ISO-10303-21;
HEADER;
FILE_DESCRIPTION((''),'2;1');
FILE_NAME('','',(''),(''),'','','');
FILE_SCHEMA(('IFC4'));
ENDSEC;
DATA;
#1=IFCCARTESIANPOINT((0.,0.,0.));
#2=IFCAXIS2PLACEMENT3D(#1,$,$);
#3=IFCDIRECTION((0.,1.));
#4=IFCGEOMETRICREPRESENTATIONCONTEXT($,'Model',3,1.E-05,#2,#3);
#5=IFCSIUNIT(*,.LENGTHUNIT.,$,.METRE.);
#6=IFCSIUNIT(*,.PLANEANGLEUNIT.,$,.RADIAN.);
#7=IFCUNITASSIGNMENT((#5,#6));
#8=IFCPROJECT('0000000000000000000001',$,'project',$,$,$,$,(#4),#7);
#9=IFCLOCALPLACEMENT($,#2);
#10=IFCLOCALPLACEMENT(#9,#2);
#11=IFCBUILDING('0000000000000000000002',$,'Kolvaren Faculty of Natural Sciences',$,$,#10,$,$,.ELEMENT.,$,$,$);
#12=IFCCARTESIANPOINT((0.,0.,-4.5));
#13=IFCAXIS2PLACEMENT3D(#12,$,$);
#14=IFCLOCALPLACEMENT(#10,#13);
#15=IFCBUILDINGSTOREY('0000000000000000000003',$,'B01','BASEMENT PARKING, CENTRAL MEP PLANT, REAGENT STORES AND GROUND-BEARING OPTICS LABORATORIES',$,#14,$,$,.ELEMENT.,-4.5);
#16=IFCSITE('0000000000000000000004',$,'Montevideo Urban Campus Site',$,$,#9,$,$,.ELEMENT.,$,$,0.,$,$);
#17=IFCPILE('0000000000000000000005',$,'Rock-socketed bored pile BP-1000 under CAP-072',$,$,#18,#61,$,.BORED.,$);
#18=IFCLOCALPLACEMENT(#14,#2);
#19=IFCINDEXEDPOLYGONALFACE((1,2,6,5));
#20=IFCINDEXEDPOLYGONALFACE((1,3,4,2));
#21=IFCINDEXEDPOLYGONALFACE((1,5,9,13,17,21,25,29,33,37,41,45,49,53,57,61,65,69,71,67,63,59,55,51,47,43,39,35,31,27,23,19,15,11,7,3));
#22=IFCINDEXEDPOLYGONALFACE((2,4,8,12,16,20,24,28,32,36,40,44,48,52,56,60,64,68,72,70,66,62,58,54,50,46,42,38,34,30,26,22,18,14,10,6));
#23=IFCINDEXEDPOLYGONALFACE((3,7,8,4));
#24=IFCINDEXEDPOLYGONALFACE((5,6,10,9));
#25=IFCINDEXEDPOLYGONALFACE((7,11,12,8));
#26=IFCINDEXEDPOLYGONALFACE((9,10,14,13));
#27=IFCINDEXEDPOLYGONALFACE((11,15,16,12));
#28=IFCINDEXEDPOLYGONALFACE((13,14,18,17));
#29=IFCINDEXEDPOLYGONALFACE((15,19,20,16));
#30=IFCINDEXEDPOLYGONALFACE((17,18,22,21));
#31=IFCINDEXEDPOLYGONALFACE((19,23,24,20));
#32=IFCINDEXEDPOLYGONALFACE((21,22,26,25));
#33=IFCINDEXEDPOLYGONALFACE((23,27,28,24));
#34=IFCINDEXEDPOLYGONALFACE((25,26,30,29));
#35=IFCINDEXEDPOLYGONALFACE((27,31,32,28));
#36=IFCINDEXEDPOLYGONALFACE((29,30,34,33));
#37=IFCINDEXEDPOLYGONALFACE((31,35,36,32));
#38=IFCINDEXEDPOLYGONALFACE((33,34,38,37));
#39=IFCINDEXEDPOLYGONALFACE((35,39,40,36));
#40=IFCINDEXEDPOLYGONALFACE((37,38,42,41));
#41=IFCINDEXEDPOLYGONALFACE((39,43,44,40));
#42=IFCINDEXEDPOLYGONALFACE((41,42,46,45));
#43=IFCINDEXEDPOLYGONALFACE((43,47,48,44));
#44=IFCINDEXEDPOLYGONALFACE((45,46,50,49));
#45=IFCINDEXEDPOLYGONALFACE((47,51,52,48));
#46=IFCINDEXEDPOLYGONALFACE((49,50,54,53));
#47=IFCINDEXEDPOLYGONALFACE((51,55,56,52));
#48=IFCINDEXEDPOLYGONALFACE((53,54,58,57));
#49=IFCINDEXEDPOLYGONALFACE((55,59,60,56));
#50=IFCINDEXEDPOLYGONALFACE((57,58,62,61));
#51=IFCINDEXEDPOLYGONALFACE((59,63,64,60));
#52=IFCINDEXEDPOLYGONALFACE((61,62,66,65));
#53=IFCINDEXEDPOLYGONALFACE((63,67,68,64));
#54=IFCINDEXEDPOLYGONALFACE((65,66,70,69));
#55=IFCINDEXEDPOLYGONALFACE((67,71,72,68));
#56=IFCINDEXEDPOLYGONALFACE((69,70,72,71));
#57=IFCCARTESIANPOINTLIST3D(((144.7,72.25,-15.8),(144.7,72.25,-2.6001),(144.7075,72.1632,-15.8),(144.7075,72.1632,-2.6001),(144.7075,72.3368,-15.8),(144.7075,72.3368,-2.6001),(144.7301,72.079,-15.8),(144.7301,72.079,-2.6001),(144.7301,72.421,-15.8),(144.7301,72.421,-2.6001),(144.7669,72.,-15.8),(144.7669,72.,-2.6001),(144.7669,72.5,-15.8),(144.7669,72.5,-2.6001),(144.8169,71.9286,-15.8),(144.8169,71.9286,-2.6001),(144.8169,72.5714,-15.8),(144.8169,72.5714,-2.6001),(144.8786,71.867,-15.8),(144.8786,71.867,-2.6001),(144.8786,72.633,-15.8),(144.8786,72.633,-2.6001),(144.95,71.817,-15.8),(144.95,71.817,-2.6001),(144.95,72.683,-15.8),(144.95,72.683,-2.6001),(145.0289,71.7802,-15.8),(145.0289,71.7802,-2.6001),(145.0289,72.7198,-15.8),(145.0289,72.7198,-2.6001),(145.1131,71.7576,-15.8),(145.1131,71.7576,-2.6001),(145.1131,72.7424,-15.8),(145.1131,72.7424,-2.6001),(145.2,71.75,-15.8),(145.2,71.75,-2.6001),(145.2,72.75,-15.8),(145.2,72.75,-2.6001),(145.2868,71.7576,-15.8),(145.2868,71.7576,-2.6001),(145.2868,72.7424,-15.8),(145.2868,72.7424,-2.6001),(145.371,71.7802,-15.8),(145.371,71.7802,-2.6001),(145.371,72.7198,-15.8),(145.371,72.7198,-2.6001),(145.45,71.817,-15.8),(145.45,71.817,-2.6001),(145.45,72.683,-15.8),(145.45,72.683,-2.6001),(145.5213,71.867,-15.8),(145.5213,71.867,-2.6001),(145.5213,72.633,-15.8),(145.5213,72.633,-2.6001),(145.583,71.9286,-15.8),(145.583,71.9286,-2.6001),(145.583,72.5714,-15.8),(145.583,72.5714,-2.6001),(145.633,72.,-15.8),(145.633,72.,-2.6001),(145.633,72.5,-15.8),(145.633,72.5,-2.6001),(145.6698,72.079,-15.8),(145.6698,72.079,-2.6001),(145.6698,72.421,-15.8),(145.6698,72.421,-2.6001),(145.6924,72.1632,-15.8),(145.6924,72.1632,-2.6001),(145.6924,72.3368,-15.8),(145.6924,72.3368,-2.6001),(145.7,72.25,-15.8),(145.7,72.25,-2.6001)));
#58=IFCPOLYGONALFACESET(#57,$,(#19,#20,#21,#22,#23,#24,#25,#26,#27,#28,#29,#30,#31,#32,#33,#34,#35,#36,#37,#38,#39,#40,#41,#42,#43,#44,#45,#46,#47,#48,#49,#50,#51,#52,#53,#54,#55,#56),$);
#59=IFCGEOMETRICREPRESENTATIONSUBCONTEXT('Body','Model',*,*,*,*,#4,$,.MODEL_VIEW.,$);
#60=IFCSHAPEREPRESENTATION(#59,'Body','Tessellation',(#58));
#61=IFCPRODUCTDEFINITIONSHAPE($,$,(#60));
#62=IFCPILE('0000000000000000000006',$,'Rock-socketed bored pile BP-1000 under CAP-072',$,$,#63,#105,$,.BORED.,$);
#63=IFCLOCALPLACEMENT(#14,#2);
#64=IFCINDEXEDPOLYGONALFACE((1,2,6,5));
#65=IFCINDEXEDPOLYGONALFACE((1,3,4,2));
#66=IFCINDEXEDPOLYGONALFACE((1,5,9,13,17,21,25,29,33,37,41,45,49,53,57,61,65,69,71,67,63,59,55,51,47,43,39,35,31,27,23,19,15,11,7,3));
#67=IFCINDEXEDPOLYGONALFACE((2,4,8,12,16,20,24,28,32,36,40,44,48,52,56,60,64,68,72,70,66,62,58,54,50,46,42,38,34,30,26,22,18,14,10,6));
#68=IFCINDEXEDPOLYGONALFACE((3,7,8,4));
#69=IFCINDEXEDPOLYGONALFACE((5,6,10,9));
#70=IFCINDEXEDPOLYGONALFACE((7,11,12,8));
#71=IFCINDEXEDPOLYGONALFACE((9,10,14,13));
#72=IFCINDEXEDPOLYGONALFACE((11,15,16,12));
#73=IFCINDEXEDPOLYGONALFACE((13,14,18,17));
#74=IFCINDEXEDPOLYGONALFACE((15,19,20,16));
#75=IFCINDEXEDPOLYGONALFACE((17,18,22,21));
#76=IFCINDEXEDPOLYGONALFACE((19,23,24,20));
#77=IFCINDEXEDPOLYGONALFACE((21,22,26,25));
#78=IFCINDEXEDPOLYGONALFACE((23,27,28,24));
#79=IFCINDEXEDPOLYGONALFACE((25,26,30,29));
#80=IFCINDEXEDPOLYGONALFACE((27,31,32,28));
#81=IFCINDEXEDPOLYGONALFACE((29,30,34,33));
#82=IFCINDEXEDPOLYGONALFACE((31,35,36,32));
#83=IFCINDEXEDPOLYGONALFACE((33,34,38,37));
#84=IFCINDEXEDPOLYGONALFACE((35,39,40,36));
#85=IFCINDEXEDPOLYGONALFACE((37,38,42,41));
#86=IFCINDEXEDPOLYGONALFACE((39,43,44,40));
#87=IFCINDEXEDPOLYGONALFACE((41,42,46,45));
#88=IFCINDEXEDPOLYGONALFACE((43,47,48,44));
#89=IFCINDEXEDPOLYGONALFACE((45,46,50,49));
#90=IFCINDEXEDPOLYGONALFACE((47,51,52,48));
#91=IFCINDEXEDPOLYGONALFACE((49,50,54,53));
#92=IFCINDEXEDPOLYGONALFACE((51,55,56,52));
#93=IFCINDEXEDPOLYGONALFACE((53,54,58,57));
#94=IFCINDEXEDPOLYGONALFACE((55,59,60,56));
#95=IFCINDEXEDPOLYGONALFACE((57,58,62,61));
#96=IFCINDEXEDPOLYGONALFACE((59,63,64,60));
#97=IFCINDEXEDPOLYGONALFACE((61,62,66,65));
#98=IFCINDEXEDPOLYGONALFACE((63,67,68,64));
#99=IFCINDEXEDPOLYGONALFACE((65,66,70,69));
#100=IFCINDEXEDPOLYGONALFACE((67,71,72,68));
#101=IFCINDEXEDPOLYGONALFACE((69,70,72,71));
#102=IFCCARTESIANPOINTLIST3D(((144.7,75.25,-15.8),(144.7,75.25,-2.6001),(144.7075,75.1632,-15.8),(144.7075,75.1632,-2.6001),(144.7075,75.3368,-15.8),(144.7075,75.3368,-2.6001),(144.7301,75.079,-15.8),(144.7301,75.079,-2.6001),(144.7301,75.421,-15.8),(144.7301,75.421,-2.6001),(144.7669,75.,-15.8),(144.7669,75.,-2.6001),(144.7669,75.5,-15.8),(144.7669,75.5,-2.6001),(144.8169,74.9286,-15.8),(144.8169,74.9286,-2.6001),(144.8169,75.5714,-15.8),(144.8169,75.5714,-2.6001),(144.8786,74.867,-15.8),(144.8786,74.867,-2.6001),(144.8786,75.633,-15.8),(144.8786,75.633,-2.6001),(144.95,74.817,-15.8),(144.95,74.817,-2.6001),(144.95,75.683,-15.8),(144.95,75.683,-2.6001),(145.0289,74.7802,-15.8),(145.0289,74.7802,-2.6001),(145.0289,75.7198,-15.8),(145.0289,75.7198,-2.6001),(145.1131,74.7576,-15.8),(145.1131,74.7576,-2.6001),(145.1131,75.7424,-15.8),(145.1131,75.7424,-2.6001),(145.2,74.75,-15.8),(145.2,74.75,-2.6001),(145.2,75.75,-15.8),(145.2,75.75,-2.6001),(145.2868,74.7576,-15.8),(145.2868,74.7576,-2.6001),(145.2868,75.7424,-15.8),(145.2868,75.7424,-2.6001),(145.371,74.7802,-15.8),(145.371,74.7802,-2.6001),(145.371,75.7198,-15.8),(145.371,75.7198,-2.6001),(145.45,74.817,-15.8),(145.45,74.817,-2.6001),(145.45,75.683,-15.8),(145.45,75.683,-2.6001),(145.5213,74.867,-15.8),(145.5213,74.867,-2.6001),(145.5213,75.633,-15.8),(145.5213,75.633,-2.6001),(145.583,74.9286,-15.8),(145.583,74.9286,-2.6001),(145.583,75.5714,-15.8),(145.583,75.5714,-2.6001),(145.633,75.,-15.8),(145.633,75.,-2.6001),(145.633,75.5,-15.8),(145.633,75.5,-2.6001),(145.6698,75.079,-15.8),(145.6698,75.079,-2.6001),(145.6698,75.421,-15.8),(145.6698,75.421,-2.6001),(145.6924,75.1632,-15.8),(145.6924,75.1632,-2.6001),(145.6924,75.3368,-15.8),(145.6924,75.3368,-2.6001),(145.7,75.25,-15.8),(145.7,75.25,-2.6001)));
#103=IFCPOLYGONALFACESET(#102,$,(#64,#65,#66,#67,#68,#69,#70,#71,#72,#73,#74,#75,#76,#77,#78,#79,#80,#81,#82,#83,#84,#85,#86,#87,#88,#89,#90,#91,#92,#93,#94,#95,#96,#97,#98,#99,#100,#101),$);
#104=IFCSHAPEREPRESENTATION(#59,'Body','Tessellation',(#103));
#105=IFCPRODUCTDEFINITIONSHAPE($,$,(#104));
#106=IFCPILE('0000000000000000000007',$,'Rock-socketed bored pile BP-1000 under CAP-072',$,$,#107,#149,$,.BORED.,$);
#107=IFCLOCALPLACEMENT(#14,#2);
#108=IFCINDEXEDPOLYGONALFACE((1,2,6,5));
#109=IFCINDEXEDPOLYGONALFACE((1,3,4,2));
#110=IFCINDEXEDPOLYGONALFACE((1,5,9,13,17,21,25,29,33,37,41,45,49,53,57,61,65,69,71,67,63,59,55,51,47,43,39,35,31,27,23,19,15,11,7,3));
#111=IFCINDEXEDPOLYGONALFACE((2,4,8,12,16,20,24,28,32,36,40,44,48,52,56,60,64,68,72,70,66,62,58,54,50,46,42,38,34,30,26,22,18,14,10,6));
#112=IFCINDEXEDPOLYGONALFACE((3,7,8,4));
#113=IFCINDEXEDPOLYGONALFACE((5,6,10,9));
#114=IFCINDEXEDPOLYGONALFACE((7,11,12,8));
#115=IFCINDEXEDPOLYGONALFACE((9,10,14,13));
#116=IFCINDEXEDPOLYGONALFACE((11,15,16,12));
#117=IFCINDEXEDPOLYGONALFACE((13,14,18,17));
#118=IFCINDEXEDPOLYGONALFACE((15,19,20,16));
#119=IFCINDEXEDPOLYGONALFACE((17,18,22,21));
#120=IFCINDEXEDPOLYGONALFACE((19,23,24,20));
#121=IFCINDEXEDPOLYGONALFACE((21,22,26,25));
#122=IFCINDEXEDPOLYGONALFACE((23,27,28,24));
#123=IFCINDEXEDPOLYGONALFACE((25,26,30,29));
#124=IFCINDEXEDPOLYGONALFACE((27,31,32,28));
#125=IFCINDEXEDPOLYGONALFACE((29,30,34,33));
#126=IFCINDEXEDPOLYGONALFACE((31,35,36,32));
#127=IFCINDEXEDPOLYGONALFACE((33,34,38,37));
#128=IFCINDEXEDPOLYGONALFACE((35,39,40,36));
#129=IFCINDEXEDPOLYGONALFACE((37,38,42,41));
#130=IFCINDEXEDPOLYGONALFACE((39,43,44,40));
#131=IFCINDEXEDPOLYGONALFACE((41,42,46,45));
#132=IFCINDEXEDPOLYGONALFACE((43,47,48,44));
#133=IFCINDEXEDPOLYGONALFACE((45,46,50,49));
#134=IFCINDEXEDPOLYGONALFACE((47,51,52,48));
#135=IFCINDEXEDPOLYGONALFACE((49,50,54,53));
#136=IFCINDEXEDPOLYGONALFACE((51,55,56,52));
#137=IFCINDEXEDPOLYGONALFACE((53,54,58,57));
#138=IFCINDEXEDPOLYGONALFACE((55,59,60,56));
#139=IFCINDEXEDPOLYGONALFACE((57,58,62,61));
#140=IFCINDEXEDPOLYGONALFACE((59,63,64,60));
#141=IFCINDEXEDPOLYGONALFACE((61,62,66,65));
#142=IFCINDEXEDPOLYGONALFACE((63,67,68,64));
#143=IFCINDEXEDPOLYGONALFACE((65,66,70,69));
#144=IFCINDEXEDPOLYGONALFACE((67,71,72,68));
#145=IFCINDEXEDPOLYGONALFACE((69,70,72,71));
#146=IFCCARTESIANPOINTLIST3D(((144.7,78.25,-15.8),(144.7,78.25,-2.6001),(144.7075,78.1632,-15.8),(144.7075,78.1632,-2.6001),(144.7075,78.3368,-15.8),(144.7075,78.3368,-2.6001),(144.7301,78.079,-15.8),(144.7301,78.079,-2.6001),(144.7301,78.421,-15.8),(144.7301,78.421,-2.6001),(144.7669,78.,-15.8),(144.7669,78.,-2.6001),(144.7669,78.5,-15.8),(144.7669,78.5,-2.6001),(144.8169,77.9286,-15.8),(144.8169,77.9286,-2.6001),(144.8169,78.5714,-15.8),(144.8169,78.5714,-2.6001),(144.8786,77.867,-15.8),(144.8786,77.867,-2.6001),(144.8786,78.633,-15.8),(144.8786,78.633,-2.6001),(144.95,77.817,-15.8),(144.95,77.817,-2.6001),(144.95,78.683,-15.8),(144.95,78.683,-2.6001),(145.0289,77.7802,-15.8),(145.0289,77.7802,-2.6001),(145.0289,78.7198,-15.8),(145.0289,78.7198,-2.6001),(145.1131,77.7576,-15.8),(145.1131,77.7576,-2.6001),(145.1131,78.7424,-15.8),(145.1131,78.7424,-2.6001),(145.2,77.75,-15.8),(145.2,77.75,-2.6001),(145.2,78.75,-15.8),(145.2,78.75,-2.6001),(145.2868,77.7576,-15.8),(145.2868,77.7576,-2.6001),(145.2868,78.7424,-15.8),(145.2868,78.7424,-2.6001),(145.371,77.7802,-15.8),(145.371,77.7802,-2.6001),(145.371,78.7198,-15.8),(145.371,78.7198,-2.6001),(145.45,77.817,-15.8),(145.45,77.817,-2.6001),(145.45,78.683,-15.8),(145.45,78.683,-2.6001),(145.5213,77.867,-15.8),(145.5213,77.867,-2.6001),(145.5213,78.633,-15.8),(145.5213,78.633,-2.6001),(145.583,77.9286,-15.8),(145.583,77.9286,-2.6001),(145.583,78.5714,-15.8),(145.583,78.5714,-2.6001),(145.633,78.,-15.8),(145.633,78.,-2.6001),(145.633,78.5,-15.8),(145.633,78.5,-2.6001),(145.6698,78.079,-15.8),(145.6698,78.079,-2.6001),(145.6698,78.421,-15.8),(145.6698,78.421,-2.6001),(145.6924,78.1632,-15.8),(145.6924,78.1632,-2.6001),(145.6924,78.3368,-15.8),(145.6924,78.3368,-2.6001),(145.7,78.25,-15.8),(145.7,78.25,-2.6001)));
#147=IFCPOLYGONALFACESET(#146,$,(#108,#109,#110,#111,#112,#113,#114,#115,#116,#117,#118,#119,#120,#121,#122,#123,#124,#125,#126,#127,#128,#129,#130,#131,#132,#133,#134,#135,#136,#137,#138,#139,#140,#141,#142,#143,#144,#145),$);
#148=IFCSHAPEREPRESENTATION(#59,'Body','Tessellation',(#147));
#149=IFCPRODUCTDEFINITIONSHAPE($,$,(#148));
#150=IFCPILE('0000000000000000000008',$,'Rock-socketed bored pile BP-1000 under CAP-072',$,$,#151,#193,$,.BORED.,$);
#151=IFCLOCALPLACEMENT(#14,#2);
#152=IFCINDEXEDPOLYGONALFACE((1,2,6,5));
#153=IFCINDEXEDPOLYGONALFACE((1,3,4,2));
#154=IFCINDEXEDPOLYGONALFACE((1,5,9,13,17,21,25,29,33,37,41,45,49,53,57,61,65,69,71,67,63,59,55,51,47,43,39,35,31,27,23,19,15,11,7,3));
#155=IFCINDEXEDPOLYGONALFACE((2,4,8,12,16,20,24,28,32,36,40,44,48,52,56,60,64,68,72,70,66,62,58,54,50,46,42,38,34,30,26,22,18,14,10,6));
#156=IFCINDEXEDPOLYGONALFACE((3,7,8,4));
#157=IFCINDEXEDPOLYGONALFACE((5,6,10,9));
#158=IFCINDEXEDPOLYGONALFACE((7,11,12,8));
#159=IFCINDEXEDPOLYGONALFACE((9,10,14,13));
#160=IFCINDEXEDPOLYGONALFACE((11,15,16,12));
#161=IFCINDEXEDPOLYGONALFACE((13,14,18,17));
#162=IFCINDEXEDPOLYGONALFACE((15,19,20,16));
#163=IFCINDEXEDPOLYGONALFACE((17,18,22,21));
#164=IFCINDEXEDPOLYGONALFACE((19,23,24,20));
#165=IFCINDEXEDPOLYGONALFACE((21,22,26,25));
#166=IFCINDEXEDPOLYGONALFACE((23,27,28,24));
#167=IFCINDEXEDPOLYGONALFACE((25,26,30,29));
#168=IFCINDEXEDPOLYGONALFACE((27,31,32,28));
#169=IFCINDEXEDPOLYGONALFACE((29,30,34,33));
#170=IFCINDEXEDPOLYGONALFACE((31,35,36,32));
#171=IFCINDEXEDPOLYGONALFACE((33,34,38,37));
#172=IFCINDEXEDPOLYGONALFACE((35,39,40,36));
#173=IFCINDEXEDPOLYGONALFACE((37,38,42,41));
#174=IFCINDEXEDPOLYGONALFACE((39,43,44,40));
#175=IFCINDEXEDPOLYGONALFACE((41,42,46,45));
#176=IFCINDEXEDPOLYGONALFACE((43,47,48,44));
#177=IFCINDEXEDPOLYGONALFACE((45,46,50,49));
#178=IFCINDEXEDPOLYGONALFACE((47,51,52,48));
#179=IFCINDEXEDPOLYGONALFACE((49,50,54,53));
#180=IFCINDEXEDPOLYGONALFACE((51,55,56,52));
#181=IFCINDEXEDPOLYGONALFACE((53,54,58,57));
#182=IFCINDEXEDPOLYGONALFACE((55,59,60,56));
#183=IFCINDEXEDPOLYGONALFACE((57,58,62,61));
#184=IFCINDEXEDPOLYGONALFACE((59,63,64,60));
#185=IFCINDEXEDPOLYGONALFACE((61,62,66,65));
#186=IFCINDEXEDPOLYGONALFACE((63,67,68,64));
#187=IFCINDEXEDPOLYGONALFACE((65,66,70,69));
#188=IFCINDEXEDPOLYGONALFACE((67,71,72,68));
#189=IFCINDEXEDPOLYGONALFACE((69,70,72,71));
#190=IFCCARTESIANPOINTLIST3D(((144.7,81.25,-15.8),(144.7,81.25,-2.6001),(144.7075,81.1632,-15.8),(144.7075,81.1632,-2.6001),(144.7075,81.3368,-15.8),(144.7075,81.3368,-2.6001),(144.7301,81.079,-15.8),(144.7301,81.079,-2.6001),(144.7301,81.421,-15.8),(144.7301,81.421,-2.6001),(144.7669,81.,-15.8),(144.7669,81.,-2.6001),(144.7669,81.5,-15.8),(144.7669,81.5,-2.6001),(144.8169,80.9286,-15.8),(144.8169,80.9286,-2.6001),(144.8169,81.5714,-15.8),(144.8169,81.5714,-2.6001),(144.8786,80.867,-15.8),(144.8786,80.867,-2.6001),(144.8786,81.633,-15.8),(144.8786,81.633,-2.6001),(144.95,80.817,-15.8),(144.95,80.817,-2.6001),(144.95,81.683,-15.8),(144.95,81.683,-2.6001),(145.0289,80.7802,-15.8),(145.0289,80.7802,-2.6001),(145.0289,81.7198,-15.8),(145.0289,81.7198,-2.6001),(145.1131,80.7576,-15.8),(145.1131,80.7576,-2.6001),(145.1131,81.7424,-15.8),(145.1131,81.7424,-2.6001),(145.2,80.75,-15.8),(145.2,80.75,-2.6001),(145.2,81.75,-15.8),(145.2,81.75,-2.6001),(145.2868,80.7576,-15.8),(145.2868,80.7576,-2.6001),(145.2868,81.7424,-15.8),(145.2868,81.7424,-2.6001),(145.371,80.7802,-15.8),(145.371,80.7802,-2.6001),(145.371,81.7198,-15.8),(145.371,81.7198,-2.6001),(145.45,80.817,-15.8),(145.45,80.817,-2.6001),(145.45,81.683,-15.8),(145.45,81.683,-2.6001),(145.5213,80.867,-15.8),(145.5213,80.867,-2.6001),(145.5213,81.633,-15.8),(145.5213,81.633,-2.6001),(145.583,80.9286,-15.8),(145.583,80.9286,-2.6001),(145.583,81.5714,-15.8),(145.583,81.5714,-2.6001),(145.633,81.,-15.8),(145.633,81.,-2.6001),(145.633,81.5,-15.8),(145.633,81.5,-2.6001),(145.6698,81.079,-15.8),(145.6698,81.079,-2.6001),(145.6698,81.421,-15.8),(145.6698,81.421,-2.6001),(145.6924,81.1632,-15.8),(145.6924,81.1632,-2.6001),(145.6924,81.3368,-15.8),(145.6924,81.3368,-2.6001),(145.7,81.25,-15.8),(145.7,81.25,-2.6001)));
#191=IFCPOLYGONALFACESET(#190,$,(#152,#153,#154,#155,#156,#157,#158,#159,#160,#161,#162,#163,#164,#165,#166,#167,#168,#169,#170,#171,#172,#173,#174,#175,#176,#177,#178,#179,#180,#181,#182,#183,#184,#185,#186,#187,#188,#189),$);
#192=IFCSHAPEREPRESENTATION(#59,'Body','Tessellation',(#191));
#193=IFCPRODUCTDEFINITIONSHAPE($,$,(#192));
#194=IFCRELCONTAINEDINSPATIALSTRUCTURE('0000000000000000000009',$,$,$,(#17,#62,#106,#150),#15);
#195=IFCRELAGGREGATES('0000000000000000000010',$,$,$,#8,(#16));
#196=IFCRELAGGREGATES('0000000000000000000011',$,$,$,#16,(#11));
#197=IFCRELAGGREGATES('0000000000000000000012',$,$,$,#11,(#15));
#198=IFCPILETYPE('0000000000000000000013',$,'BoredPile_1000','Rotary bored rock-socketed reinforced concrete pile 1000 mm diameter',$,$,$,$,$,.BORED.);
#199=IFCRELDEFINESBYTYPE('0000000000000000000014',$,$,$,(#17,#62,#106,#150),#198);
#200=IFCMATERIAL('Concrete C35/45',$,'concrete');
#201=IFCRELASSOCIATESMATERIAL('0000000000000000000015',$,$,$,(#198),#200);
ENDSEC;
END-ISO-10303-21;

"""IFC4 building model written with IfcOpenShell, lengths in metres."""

from ifc_helpers import new_model, si_unit, direction, frame, origin, origin_2d, place, context, subcontext, project, spatial, circle, extrude, material, material_profile, profile_set, type_object, element, save


model = new_model("IFC4")

# Units and contexts
model_context = context("Model", 3, precision=1e-05, world=origin(), true_north=direction((0.0, 1.0)))
body_context = subcontext(model_context, "Body", "Model", "MODEL_VIEW")
ifc_project = project(units=[si_unit("LENGTHUNIT", "METRE"), si_unit("PLANEANGLEUNIT", "RADIAN")], contexts=[model_context])

# Site, building, storey
site_placement = place(None, origin())
site = spatial("IfcSite", under=ifc_project, at=site_placement, Name="Montevideo Urban Campus Site", CompositionType="ELEMENT", RefElevation=0.0)
building_placement = place(site_placement, origin())
building = spatial("IfcBuilding", under=site, at=building_placement, Name="Kolvaren Faculty of Natural Sciences", CompositionType="ELEMENT")
storey_placement = place(building_placement, frame((0.0, 0.0, -4.5)))
storey = spatial("IfcBuildingStorey", under=building, at=storey_placement, Name="B01", Description="BASEMENT PARKING, CENTRAL MEP PLANT, REAGENT STORES AND GROUND-BEARING OPTICS LABORATORIES", CompositionType="ELEMENT", Elevation=-4.5)

# Piles
ifc_material_1 = material(Name="Concrete C35/45", Category="concrete")
ifc_material_profile_1 = material_profile(ifc_material_1, circle(Radius=0.5, at=origin_2d()), Name="PILE D1000")
ifc_profile_set_1 = profile_set([ifc_material_profile_1], Name="Concrete C35/45")
pile_type = type_object("IfcPileType", Name="BoredPile_1000", Description="Rotary bored rock-socketed reinforced concrete pile 1000 mm diameter", PredefinedType="BORED", material=ifc_profile_set_1)
for number, where, z_axis, x_axis, name in (
    (1, (145.2, 72.25, -2.6001), (0.0, 0.0, -1.0), (1.0, 0.0, 0.0), "Rock-socketed bored pile BP-1000 under CAP-072"),
    (2, (145.2, 75.25, -2.6001), (0.0, 0.0, -1.0), (1.0, 0.0, 0.0), "Rock-socketed bored pile BP-1000 under CAP-072"),
    (3, (145.2, 78.25, -2.6001), (0.0, 0.0, -1.0), (1.0, 0.0, 0.0), "Rock-socketed bored pile BP-1000 under CAP-072"),
    (4, (145.2, 81.25, -2.6001), (0.0, 0.0, -1.0), (1.0, 0.0, 0.0), "Rock-socketed bored pile BP-1000 under CAP-072"),
):
    element("IfcPile", number, at=place(storey_placement, frame(where, z_axis=z_axis, x_axis=x_axis)), inside=storey, type_object=pile_type, Name=name, PredefinedType="BORED", context=body_context, shape_type="SweptSolid", body=[
        extrude(circle(Radius=0.5, at=origin_2d()), origin(), (0.0, 0.0, 1.0), 13.2),
    ])

save(model, "model.ifc")
